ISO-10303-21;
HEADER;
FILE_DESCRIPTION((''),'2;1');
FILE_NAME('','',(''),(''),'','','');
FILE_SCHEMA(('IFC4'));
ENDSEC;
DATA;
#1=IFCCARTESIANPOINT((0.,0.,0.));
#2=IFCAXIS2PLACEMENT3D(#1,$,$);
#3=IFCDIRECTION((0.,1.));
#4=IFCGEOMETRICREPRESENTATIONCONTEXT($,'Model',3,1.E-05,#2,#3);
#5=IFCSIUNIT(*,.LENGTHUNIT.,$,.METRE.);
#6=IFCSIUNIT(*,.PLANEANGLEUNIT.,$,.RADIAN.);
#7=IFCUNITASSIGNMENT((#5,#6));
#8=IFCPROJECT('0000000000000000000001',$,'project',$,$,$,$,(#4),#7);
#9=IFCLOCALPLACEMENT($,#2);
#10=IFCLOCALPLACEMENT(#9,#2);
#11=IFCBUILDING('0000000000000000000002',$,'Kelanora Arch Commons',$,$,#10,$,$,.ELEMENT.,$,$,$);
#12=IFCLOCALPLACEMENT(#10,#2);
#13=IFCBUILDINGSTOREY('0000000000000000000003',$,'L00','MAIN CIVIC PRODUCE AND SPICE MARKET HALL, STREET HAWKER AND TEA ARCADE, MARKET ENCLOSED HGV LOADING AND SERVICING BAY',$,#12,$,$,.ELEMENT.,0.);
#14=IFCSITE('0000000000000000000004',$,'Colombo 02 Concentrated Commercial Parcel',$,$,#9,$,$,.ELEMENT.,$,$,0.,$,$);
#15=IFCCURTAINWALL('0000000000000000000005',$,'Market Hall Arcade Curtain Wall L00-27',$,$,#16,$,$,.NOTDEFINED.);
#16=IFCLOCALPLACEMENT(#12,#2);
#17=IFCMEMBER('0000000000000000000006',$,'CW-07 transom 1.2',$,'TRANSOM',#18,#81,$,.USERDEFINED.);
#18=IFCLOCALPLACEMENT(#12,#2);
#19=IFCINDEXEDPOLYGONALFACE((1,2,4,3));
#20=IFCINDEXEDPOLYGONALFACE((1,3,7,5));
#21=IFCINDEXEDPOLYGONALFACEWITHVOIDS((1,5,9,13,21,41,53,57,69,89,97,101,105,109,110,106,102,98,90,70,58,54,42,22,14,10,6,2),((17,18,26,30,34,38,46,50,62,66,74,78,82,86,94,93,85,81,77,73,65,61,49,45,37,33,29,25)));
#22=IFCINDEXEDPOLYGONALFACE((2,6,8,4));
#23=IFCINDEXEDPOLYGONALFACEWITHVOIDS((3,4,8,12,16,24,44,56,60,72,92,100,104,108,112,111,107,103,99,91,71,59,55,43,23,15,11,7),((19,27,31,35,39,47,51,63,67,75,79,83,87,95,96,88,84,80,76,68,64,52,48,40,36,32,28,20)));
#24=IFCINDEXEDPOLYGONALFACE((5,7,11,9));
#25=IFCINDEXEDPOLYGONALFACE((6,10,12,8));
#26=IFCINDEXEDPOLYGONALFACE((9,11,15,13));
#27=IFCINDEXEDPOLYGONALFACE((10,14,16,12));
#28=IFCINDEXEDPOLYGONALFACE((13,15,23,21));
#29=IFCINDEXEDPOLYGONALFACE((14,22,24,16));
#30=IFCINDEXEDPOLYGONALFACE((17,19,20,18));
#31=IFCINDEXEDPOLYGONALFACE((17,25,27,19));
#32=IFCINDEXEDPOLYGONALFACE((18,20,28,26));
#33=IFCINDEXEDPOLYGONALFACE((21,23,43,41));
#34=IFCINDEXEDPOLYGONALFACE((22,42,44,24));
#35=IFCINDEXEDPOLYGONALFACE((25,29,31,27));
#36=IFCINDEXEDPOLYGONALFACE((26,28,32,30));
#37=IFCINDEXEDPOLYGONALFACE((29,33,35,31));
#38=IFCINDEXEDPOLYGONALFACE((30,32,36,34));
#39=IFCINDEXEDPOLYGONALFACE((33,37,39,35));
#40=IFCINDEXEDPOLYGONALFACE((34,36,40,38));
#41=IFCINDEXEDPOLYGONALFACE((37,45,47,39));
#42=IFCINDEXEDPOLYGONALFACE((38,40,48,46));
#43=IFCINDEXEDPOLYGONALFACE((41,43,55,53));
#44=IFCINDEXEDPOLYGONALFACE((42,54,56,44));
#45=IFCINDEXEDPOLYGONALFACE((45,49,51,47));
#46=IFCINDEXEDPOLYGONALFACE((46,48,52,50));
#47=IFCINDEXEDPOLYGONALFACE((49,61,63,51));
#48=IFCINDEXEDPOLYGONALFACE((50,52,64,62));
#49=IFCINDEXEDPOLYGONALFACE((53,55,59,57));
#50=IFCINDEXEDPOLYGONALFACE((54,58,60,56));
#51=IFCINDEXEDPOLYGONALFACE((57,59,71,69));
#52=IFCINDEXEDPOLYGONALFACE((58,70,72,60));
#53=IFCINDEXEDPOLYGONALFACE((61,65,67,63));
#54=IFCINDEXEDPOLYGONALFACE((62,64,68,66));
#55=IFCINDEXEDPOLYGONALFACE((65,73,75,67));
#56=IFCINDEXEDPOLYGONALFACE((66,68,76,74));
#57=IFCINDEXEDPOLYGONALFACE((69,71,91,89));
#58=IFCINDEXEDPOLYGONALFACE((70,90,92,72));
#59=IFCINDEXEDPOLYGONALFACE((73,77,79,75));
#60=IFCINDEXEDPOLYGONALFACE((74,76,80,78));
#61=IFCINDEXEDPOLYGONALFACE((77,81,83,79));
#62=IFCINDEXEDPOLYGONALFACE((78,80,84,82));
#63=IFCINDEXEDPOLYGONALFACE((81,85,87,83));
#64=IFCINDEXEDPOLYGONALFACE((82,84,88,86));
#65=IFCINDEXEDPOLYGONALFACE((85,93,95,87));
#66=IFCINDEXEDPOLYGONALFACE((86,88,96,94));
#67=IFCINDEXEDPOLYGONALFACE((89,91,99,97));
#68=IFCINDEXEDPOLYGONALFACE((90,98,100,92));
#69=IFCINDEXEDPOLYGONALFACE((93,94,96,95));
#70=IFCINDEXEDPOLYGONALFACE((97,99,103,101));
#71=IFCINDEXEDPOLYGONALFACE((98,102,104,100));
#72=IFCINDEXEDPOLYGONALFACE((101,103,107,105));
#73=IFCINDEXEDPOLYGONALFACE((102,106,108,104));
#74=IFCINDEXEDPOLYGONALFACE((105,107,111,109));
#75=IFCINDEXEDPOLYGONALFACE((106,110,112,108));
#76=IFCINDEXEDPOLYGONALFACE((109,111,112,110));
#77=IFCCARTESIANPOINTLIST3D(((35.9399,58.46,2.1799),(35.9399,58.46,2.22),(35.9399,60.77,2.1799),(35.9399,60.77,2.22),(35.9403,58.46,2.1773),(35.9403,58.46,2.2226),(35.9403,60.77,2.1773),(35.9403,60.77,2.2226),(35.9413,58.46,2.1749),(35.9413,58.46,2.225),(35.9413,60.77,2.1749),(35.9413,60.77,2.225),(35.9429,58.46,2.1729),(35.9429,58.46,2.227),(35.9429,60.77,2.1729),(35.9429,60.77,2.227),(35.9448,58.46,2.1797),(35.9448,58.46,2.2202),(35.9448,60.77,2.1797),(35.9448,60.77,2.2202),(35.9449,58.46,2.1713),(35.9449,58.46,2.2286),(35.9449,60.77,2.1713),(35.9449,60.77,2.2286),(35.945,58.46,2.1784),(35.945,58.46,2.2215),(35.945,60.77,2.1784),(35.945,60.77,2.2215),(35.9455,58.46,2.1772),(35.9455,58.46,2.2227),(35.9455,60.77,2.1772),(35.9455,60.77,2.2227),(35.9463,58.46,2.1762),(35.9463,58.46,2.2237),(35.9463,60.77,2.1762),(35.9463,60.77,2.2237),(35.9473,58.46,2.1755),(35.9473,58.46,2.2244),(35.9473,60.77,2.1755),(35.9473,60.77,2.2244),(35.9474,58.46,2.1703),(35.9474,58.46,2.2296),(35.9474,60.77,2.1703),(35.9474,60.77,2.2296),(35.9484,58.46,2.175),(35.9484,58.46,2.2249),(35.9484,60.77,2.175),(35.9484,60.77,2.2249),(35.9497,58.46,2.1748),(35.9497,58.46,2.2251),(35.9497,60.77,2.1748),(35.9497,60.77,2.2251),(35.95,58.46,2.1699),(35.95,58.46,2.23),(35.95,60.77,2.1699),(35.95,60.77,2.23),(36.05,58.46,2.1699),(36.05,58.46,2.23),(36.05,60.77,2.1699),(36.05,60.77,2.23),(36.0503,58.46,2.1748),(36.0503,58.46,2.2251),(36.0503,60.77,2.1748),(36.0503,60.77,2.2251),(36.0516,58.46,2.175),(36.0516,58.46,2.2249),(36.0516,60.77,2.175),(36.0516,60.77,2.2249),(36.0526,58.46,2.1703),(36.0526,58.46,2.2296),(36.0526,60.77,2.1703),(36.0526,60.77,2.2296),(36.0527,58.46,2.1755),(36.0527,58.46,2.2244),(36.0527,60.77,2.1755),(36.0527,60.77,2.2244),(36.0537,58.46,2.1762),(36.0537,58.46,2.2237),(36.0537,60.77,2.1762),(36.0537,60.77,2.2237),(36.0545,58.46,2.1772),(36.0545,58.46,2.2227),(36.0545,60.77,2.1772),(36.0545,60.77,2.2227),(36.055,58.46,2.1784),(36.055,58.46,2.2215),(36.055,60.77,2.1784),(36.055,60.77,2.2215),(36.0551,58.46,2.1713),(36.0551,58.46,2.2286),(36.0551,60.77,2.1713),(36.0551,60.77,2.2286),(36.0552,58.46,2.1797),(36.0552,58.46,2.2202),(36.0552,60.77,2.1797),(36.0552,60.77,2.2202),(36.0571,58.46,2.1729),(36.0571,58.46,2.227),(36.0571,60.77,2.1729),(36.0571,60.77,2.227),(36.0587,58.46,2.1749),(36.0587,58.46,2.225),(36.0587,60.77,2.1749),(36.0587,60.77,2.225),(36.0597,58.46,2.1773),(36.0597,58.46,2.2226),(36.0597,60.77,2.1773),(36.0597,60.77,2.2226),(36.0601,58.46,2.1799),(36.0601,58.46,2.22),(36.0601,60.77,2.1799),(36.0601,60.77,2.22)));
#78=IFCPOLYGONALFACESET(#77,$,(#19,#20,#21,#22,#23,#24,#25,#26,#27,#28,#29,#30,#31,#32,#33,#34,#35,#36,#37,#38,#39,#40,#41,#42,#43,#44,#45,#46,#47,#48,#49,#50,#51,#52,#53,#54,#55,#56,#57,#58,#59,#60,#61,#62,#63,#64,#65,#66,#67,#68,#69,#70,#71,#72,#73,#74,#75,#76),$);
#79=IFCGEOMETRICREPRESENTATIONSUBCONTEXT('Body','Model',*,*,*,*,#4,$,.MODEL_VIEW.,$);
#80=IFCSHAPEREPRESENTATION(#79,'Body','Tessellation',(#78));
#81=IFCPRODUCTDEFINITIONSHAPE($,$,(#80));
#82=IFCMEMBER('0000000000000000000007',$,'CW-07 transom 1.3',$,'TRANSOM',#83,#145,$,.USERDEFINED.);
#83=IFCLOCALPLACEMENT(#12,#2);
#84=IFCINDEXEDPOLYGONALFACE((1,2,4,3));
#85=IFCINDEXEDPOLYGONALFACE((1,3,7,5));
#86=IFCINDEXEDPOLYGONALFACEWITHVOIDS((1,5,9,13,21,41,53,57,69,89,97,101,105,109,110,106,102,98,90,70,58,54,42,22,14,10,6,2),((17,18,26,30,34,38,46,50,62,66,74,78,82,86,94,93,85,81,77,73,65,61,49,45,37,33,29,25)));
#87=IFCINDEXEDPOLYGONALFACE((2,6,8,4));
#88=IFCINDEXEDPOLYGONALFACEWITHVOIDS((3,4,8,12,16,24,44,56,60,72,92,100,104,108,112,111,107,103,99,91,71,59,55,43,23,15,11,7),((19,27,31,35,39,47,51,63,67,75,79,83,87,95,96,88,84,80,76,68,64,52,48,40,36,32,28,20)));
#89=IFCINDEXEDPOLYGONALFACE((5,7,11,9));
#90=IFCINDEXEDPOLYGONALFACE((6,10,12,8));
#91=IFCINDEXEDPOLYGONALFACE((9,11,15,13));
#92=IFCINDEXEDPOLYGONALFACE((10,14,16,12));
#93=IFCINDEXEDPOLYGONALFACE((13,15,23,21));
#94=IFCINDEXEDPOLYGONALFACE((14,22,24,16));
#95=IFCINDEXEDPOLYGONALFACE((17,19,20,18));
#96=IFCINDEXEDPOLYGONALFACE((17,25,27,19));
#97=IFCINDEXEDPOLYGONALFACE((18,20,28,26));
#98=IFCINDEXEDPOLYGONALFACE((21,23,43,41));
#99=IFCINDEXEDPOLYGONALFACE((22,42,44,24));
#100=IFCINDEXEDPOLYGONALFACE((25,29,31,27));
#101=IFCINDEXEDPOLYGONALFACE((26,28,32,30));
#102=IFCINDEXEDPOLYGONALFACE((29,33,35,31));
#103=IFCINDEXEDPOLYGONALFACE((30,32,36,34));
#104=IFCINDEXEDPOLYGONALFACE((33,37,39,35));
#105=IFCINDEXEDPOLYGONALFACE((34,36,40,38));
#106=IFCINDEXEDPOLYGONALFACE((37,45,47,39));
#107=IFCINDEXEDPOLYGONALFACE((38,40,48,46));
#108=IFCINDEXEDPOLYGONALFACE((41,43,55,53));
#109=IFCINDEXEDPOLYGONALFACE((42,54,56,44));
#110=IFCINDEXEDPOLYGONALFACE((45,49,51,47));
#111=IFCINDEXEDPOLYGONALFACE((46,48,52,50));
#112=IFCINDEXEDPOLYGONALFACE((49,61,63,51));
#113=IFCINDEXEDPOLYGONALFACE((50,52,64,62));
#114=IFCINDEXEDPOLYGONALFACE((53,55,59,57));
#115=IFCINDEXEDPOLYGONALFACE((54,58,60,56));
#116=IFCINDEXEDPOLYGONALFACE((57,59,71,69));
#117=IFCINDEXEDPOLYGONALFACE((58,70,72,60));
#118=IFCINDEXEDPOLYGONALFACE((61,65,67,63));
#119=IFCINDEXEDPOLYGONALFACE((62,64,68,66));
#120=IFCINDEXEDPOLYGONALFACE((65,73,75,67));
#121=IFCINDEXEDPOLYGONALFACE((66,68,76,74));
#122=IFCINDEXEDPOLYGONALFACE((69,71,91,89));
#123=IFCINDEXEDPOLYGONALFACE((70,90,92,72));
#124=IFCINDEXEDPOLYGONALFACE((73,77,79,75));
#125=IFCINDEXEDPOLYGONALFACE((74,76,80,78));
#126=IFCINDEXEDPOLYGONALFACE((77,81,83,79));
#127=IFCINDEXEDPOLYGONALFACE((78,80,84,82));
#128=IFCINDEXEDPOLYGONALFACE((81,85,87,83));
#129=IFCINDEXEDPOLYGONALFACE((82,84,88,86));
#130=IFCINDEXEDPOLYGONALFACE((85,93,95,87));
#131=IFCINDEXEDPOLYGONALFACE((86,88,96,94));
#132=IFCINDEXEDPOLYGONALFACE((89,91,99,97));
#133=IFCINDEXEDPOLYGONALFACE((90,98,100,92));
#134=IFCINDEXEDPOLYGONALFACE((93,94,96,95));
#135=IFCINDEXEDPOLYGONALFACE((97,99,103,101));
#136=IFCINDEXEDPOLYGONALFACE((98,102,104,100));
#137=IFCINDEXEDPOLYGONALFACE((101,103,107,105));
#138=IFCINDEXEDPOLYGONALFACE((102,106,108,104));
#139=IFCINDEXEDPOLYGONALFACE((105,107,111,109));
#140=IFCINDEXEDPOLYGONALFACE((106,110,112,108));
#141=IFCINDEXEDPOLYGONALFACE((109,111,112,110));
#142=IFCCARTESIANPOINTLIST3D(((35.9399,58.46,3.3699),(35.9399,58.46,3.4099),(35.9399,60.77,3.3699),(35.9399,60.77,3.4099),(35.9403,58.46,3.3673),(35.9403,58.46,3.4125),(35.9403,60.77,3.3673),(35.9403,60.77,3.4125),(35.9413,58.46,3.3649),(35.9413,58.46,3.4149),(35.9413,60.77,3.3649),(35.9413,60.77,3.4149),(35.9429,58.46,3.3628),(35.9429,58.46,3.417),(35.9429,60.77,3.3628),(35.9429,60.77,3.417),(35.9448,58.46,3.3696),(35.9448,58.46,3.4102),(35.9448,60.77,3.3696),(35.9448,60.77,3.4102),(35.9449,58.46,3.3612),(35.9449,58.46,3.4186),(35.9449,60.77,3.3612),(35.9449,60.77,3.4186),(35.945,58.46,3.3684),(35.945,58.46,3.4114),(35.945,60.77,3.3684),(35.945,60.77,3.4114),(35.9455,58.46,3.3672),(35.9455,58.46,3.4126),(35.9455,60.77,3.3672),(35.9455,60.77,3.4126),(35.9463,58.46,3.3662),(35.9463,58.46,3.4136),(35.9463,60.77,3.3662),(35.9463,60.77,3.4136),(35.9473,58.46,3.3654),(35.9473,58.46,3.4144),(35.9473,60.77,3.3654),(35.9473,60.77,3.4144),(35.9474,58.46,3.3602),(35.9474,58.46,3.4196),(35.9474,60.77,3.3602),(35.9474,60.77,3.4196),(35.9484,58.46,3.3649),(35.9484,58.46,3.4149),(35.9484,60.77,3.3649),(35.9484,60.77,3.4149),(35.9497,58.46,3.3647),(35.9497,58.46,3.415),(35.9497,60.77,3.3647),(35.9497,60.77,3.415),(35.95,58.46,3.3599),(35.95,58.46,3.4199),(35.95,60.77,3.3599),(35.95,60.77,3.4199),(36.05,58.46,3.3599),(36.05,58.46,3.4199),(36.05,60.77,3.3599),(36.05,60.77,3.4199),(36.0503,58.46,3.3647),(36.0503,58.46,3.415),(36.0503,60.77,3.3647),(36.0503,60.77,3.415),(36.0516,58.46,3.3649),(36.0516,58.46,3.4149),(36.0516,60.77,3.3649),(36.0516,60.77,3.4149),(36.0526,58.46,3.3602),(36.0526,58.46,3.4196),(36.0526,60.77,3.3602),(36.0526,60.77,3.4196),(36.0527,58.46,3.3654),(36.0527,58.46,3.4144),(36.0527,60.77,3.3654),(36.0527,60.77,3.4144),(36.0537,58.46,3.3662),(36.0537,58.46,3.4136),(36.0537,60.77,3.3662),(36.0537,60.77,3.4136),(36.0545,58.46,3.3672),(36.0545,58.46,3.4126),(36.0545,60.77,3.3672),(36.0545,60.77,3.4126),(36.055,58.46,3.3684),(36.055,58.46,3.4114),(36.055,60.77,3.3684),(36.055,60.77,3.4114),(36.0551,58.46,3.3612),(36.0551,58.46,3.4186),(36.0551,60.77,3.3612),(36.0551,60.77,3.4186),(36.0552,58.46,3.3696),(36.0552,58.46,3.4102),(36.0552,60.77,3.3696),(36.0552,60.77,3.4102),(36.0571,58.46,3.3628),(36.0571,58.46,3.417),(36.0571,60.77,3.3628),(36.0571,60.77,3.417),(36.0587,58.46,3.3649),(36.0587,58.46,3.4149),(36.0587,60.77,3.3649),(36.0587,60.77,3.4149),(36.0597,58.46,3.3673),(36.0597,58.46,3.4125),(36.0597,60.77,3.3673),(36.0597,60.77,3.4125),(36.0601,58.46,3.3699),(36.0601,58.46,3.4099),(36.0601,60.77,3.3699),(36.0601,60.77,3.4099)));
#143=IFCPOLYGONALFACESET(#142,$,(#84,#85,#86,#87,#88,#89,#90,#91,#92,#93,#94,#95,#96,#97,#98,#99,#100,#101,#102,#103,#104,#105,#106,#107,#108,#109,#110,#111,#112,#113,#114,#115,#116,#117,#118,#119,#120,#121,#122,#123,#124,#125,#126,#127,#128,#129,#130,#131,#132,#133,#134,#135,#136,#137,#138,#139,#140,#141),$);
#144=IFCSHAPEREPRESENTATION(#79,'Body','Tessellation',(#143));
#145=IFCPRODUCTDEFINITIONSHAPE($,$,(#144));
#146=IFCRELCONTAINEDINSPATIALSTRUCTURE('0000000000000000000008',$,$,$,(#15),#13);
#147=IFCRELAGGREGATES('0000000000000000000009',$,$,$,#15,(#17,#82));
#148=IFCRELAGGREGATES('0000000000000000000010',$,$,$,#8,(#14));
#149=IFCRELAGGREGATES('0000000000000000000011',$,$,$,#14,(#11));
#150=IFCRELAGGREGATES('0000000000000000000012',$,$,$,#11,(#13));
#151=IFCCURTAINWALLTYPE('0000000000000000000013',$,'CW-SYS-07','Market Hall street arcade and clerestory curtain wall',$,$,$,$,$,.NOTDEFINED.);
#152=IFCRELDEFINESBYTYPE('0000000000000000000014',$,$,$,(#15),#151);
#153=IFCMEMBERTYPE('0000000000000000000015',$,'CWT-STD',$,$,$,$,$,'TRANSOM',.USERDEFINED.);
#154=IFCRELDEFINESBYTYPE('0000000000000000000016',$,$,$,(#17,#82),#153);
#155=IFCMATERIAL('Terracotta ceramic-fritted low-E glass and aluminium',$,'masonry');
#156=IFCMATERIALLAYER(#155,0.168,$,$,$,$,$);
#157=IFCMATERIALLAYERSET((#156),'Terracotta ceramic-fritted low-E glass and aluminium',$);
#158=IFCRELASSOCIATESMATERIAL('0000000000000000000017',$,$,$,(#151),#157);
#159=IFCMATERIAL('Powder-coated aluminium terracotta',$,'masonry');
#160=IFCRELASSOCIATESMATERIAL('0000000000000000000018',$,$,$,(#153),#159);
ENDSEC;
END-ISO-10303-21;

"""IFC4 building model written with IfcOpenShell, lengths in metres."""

from ifc_helpers import new_model, si_unit, direction, frame, origin, origin_2d, place, context, subcontext, project, spatial, hollow_rectangle, extrude, material, layer, layer_set, material_profile, profile_set, type_object, element, aggregate, save


model = new_model("IFC4")

# Units and contexts
model_context = context("Model", 3, precision=1e-05, world=origin(), true_north=direction((0.0, 1.0)))
body_context = subcontext(model_context, "Body", "Model", "MODEL_VIEW")
ifc_project = project(units=[si_unit("LENGTHUNIT", "METRE"), si_unit("PLANEANGLEUNIT", "RADIAN")], contexts=[model_context])

# Site, building, storey
site_placement = place(None, origin())
site = spatial("IfcSite", under=ifc_project, at=site_placement, Name="Colombo 02 Concentrated Commercial Parcel", CompositionType="ELEMENT", RefElevation=0.0)
building_placement = place(site_placement, origin())
building = spatial("IfcBuilding", under=site, at=building_placement, Name="Kelanora Arch Commons", CompositionType="ELEMENT")
storey_placement = place(building_placement, origin())
storey = spatial("IfcBuildingStorey", under=building, at=storey_placement, Name="L00", Description="MAIN CIVIC PRODUCE AND SPICE MARKET HALL, STREET HAWKER AND TEA ARCADE, MARKET ENCLOSED HGV LOADING AND SERVICING BAY", CompositionType="ELEMENT", Elevation=0.0)

# Curtain wall, members
ifc_material_1 = material(Name="Terracotta ceramic-fritted low-E glass and aluminium", Category="masonry")
ifc_layer_1 = layer(ifc_material_1, 0.168)
ifc_layer_set_1 = layer_set([ifc_layer_1], Name="Terracotta ceramic-fritted low-E glass and aluminium")
curtain_wall_type = type_object("IfcCurtainWallType", Name="CW-SYS-07", Description="Market Hall street arcade and clerestory curtain wall", PredefinedType="NOTDEFINED", material=ifc_layer_set_1)
curtain_wall_placement = place(storey_placement, origin())
curtain_wall = element("IfcCurtainWall", 1, at=curtain_wall_placement, inside=storey, type_object=curtain_wall_type, Name="Market Hall Arcade Curtain Wall L00-27", PredefinedType="NOTDEFINED")
ifc_material_2 = material(Name="Powder-coated aluminium terracotta", Category="masonry")
ifc_material_profile_1 = material_profile(ifc_material_2, hollow_rectangle(XDim=0.1201, YDim=0.0601, WallThickness=0.0049, InnerFilletRadius=0.0049, OuterFilletRadius=0.01, at=origin_2d()), Name="CWT120x60")
ifc_profile_set_1 = profile_set([ifc_material_profile_1], Name="Powder-coated aluminium terracotta")
member_type_1 = type_object("IfcMemberType", Name="CWT-STD", ElementType="TRANSOM", PredefinedType="USERDEFINED", material=ifc_profile_set_1)
member_1_placement = place(storey_placement, frame((36.0, 58.46, 2.2), z_axis=(0.0, 1.0, 0.0), x_axis=(-1.0, 0.0, 0.0)))
member_1 = element("IfcMember", 2, at=member_1_placement, type_object=member_type_1, Name="CW-07 transom 1.2", ObjectType="TRANSOM", PredefinedType="USERDEFINED", context=body_context, shape_type="SweptSolid", body=[
    extrude(hollow_rectangle(XDim=0.1201, YDim=0.0601, WallThickness=0.0049, InnerFilletRadius=0.0049, OuterFilletRadius=0.01, at=origin_2d()), origin(), (0.0, 0.0, 1.0), 2.3101),
])
member_2_placement = place(storey_placement, frame((36.0, 58.46, 3.3899), z_axis=(0.0, 1.0, 0.0), x_axis=(-1.0, 0.0, 0.0)))
member_2 = element("IfcMember", 3, at=member_2_placement, type_object=member_type_1, Name="CW-07 transom 1.3", ObjectType="TRANSOM", PredefinedType="USERDEFINED", context=body_context, shape_type="SweptSolid", body=[
    extrude(hollow_rectangle(XDim=0.1201, YDim=0.0601, WallThickness=0.0049, InnerFilletRadius=0.0049, OuterFilletRadius=0.01, at=origin_2d()), origin(), (0.0, 0.0, 1.0), 2.3101),
])
aggregate(curtain_wall, [member_1, member_2])

save(model, "model.ifc")
